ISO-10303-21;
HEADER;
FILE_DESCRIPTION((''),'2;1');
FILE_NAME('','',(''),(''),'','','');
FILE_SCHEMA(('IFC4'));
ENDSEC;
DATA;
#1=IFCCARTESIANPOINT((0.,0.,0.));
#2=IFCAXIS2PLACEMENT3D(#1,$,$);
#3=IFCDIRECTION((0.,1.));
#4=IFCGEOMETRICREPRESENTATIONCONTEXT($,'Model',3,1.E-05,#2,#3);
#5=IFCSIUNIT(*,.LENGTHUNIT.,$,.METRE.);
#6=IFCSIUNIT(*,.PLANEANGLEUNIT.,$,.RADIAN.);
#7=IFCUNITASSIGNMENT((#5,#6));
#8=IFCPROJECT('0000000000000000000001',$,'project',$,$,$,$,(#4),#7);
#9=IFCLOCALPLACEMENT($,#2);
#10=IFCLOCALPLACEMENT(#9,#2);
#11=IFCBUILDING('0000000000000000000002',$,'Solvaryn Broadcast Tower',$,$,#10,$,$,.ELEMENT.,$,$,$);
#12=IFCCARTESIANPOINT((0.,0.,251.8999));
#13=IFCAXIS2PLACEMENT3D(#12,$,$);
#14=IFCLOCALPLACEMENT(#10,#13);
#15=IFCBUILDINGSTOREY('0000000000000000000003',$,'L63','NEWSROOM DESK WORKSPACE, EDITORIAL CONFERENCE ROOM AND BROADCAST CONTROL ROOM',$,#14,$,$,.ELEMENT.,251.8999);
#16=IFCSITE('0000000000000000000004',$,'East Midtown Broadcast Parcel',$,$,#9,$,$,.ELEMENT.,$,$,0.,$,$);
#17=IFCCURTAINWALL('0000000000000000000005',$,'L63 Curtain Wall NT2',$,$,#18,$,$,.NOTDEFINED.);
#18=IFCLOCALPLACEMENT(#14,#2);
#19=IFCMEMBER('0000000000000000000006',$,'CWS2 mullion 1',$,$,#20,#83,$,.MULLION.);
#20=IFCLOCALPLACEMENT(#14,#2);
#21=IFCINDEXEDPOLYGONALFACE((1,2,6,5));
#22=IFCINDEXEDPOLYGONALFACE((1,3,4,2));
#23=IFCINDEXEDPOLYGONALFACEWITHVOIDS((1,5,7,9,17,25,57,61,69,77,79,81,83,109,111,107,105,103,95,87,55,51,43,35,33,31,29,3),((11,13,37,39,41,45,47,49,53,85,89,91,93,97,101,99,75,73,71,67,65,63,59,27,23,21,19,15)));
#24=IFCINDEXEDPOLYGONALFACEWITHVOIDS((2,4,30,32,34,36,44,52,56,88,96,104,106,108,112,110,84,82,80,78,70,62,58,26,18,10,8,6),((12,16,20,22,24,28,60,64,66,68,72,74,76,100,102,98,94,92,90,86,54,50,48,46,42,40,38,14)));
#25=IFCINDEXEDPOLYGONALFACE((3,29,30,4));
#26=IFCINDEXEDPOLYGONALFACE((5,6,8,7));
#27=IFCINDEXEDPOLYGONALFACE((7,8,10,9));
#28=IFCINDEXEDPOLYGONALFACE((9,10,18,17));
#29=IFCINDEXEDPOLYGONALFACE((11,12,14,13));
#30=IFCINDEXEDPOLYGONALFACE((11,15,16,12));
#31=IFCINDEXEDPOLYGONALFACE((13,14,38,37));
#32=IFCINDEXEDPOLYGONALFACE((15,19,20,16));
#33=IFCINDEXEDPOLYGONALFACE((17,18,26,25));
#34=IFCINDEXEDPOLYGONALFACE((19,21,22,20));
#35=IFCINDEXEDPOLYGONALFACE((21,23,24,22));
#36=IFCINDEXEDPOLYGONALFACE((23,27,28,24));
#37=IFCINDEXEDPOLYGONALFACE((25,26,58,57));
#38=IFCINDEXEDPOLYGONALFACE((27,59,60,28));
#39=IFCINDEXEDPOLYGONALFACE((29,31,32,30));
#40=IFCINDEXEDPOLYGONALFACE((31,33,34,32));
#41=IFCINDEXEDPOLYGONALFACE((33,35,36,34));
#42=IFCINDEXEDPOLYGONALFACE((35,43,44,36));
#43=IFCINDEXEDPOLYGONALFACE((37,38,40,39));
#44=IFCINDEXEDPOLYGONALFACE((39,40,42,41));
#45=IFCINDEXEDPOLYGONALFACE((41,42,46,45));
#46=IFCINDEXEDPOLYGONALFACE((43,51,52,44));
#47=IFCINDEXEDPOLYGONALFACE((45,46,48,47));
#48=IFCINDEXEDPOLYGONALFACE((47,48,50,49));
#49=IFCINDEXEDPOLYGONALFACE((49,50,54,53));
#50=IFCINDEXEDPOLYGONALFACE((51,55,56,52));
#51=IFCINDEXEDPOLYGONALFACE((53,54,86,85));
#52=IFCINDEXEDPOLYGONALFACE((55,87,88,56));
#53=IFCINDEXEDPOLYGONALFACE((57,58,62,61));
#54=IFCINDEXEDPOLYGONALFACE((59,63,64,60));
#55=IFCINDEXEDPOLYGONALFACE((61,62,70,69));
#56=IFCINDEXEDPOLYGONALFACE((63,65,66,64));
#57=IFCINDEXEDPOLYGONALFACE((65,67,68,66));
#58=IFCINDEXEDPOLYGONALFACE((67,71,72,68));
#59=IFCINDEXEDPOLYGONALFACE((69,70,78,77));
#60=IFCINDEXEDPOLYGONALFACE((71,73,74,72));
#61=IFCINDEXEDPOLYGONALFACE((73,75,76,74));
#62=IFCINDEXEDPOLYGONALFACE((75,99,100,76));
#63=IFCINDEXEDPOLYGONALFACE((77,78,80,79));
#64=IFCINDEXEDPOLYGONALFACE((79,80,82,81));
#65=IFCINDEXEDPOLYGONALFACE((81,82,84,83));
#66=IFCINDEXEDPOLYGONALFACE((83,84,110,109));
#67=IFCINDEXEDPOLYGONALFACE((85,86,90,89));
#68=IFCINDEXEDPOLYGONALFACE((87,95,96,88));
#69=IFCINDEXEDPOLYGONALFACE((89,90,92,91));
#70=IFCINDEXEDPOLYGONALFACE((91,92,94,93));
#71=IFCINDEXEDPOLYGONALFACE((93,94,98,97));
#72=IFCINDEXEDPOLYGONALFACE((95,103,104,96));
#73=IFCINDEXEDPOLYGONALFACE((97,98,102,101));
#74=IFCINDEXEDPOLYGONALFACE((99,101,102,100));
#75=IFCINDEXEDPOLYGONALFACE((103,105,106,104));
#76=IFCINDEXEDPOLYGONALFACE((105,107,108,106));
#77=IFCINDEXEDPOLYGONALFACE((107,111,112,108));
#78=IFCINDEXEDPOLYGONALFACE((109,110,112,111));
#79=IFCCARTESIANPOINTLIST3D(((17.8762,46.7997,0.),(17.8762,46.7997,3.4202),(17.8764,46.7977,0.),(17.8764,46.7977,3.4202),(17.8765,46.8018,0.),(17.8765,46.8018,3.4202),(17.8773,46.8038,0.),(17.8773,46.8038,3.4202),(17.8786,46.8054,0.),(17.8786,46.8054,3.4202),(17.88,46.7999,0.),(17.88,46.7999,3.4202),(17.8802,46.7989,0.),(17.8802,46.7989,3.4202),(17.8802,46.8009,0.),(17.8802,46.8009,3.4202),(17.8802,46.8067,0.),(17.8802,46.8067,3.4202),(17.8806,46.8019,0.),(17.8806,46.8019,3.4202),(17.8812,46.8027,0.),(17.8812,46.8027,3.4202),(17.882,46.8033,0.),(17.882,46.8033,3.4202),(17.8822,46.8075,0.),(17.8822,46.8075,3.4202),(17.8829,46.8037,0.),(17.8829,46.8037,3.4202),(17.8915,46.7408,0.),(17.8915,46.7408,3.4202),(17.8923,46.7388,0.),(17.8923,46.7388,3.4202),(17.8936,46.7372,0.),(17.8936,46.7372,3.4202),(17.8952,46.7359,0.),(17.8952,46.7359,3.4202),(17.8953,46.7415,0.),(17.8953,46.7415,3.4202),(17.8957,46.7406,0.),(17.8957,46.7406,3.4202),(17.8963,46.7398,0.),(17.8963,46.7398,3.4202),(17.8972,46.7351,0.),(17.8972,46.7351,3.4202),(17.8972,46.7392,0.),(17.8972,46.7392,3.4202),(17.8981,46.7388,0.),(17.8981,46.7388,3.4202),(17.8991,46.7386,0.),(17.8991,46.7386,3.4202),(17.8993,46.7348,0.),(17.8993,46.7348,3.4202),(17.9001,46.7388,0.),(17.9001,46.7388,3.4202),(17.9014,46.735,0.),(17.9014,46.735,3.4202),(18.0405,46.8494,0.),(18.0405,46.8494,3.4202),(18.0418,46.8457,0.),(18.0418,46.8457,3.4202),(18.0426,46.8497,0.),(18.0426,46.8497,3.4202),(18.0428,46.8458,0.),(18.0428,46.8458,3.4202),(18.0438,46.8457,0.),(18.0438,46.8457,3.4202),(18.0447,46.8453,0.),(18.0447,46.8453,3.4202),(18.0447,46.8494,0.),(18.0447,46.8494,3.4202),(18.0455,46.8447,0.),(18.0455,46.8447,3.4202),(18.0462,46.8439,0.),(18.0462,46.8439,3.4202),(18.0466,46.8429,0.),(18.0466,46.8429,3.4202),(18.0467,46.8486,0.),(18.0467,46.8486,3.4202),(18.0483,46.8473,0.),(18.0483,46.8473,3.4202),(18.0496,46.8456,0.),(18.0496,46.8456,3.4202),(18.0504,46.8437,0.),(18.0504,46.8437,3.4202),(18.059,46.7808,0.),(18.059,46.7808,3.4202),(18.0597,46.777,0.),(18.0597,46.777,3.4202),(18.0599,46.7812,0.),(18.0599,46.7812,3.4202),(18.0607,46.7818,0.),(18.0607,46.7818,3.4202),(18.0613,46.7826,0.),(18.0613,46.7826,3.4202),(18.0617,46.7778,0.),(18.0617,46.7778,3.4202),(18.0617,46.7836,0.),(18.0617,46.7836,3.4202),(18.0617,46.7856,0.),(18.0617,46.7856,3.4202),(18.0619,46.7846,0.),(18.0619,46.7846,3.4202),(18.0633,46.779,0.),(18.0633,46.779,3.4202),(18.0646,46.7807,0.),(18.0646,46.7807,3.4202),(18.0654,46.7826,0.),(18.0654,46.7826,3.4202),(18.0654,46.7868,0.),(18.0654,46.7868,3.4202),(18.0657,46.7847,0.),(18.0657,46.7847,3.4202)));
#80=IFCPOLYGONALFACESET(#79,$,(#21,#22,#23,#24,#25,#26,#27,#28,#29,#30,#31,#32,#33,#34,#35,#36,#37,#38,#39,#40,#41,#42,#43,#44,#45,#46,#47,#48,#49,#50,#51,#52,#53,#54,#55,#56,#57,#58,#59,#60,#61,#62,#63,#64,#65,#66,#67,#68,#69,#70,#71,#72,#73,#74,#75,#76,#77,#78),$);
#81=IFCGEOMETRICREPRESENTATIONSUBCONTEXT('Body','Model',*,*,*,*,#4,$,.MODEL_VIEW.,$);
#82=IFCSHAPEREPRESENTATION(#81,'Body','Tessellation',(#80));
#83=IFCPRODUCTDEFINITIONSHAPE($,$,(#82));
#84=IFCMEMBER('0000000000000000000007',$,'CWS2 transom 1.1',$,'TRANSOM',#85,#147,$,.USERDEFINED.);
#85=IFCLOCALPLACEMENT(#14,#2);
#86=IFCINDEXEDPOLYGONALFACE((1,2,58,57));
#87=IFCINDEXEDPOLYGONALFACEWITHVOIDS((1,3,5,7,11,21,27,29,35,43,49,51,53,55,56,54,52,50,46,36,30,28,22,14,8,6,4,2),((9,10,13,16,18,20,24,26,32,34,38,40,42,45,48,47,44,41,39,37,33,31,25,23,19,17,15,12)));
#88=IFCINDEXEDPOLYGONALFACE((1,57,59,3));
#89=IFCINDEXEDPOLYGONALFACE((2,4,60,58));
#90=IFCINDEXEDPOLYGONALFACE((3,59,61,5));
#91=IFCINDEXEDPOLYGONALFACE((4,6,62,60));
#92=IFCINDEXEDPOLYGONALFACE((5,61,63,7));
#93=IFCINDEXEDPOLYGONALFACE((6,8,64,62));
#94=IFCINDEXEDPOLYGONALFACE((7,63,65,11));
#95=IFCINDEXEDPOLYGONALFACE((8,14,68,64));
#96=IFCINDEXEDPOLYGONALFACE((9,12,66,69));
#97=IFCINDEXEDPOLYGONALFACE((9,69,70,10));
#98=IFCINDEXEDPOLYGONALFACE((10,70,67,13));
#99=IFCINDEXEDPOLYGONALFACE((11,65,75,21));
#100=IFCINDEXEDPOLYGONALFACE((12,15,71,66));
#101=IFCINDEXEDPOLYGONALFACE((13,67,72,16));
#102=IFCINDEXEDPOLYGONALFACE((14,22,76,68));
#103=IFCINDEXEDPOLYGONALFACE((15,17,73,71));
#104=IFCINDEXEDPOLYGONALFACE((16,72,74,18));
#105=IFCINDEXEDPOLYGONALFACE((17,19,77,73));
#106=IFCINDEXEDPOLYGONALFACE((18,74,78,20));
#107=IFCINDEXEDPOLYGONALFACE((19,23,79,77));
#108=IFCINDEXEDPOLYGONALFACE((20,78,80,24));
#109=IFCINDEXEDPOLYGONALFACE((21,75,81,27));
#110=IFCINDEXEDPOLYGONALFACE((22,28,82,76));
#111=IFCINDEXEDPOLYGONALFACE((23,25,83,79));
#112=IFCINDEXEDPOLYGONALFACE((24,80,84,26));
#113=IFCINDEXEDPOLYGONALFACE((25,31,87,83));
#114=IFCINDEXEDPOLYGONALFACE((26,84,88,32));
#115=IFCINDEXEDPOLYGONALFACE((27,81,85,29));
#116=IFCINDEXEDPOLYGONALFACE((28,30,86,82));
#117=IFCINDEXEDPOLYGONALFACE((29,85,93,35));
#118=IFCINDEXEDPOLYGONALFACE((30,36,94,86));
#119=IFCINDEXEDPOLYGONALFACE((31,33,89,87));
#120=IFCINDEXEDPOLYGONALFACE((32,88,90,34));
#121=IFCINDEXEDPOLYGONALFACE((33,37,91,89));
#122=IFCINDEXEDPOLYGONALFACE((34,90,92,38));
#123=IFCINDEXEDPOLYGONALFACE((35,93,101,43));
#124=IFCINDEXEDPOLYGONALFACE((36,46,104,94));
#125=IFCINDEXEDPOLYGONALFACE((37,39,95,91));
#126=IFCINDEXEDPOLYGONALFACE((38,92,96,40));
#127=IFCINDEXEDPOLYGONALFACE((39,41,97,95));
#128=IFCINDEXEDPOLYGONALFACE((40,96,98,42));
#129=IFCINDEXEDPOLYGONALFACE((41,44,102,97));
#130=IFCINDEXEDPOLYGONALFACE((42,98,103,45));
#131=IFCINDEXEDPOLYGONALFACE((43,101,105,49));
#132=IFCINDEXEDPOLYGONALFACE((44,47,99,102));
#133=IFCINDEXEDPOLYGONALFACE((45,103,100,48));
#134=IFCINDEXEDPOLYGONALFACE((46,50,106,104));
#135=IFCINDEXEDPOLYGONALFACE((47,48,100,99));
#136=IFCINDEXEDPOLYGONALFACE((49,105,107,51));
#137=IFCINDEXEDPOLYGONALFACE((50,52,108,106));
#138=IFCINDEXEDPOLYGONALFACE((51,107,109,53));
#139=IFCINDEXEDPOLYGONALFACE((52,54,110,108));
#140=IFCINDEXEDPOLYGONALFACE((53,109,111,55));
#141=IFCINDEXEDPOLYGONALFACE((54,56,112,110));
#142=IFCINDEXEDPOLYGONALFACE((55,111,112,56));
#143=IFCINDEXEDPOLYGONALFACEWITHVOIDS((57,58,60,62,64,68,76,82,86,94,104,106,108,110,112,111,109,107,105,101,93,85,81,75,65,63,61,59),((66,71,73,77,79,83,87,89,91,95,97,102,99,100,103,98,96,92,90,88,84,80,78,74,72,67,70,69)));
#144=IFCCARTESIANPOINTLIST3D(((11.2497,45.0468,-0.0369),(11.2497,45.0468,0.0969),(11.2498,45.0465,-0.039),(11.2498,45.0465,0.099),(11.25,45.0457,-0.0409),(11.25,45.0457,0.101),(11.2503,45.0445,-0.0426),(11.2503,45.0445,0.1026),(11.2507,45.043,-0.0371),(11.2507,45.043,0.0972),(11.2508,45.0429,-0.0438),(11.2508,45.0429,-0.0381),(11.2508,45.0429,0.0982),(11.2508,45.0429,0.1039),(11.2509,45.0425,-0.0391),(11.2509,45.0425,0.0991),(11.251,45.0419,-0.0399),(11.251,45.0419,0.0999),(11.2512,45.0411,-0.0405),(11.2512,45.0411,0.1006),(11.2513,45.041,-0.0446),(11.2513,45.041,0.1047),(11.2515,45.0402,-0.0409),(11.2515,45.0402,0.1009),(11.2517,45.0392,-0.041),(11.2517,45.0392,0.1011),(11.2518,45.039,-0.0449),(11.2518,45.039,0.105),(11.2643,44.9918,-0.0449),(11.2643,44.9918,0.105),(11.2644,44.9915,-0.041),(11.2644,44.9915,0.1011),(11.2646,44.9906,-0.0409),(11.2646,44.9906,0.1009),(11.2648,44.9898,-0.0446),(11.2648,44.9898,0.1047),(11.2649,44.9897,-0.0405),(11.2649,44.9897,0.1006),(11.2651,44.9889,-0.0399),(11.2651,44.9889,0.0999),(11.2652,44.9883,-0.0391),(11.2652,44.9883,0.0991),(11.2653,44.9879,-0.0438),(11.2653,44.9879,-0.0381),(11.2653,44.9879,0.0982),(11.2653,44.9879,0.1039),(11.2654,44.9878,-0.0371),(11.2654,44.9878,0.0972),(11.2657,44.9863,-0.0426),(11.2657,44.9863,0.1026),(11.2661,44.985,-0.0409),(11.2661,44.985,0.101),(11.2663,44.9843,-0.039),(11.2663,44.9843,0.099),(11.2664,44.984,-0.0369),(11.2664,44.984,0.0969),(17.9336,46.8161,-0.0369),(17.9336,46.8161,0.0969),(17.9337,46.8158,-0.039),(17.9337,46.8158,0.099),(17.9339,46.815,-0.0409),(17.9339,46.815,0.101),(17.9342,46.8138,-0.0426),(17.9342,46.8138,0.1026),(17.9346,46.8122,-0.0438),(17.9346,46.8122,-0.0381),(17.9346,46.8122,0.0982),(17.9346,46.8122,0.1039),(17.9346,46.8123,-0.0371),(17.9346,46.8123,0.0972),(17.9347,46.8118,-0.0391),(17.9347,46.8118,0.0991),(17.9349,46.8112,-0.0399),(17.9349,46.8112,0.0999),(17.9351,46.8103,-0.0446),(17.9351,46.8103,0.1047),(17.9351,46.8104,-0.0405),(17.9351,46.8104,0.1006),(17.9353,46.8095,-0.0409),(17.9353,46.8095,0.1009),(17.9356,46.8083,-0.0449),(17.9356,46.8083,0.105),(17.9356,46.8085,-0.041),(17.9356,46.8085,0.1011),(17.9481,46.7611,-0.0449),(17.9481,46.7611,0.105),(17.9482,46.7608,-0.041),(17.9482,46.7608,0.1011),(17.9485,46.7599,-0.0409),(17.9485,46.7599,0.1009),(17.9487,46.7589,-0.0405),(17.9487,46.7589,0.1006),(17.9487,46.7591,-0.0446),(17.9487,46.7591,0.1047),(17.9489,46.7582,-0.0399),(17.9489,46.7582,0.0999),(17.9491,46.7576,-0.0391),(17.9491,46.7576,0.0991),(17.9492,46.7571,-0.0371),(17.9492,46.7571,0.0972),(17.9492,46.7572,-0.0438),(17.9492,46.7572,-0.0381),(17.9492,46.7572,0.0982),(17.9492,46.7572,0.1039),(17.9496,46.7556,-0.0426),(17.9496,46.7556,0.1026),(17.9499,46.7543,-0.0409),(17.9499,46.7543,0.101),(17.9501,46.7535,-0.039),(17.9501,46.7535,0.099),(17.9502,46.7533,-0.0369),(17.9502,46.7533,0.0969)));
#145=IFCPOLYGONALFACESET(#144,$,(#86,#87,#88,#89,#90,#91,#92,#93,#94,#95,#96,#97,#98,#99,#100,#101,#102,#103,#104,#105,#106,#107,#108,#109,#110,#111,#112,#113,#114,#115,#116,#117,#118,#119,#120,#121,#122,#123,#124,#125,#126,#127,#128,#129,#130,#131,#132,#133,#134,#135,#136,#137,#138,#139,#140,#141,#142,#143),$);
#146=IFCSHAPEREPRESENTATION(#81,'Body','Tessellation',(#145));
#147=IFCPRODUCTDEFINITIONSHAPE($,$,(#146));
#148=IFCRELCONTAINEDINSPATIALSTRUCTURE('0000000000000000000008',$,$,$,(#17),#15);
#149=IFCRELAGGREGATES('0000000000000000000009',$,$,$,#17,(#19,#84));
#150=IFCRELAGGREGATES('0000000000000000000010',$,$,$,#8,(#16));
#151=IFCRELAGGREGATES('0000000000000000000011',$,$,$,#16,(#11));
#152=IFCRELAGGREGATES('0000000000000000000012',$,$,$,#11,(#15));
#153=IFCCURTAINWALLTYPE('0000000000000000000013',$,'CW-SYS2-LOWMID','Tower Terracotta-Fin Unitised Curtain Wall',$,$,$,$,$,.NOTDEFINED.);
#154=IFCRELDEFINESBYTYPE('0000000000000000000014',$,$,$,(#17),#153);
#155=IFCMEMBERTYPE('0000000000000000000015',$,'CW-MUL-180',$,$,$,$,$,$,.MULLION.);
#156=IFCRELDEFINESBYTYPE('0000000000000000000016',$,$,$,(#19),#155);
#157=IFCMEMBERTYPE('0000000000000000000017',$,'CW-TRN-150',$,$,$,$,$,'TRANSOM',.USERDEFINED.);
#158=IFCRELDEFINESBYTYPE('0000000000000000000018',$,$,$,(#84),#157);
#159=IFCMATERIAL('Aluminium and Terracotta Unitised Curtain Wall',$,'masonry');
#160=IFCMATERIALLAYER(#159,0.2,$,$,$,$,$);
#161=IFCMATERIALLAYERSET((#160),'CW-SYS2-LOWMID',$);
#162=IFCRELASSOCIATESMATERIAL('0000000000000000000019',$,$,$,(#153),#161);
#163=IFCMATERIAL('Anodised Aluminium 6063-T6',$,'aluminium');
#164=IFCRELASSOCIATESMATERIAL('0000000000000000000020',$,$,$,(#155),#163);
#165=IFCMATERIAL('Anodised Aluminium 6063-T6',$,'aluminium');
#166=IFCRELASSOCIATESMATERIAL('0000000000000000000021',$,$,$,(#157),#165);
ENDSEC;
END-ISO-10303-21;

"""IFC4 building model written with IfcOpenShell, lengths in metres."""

from ifc_helpers import new_model, si_unit, direction, frame, origin, origin_2d, place, context, subcontext, project, spatial, hollow_rectangle, extrude, material, layer, layer_set, material_profile, profile_set, type_object, element, aggregate, save


model = new_model("IFC4")

# Units and contexts
model_context = context("Model", 3, precision=1e-05, world=origin(), true_north=direction((0.0, 1.0)))
body_context = subcontext(model_context, "Body", "Model", "MODEL_VIEW")
ifc_project = project(units=[si_unit("LENGTHUNIT", "METRE"), si_unit("PLANEANGLEUNIT", "RADIAN")], contexts=[model_context])

# Site, building, storey
site_placement = place(None, origin())
site = spatial("IfcSite", under=ifc_project, at=site_placement, Name="East Midtown Broadcast Parcel", CompositionType="ELEMENT", RefElevation=0.0)
building_placement = place(site_placement, origin())
building = spatial("IfcBuilding", under=site, at=building_placement, Name="Solvaryn Broadcast Tower", CompositionType="ELEMENT")
storey_placement = place(building_placement, frame((0.0, 0.0, 251.8999)))
storey = spatial("IfcBuildingStorey", under=building, at=storey_placement, Name="L63", Description="NEWSROOM DESK WORKSPACE, EDITORIAL CONFERENCE ROOM AND BROADCAST CONTROL ROOM", CompositionType="ELEMENT", Elevation=251.8999)

# Shared definitions
ifc_material_1 = material(Name="Aluminium and Terracotta Unitised Curtain Wall", Category="masonry")
ifc_layer_1 = layer(ifc_material_1, 0.2)
ifc_layer_set_1 = layer_set([ifc_layer_1], Name="CW-SYS2-LOWMID")
curtain_wall_type = type_object("IfcCurtainWallType", Name="CW-SYS2-LOWMID", Description="Tower Terracotta-Fin Unitised Curtain Wall", PredefinedType="NOTDEFINED", material=ifc_layer_set_1)
ifc_material_2 = material(Name="Anodised Aluminium 6063-T6", Category="aluminium")
ifc_material_profile_1 = material_profile(ifc_material_2, hollow_rectangle(XDim=0.075, YDim=0.1799, WallThickness=0.0039, InnerFilletRadius=0.0039, OuterFilletRadius=0.0081, at=origin_2d()))
ifc_profile_set_1 = profile_set([ifc_material_profile_1], Name="Anodised Aluminium 6063-T6")
member_type_1 = type_object("IfcMemberType", Name="CW-MUL-180", PredefinedType="MULLION", material=ifc_profile_set_1)

# Curtain wall, members
curtain_wall_1_placement = place(storey_placement, origin())
curtain_wall_1 = element("IfcCurtainWall", 1, at=curtain_wall_1_placement, inside=storey, type_object=curtain_wall_type, Name="L63 Curtain Wall NT2", PredefinedType="NOTDEFINED")
member_1_placement = place(storey_placement, frame((17.9709, 46.7922, 0.0), z_axis=(0.0, 0.0, 1.0), x_axis=(0.255893, -0.966705, 0.0)))
member_1 = element("IfcMember", 2, at=member_1_placement, type_object=member_type_1, Name="CWS2 mullion 1", PredefinedType="MULLION", context=body_context, shape_type="SweptSolid", body=[
    extrude(hollow_rectangle(XDim=0.075, YDim=0.1799, WallThickness=0.0039, InnerFilletRadius=0.0039, OuterFilletRadius=0.0081, at=origin_2d()), origin(), (0.0, 0.0, 1.0), 3.4202),
])
ifc_material_3 = material(Name="Anodised Aluminium 6063-T6", Category="aluminium")
ifc_material_profile_2 = material_profile(ifc_material_3, hollow_rectangle(XDim=0.0649, YDim=0.1499, WallThickness=0.0039, InnerFilletRadius=0.0039, OuterFilletRadius=0.0081, at=origin_2d()))
ifc_profile_set_2 = profile_set([ifc_material_profile_2], Name="Anodised Aluminium 6063-T6")
member_type_2 = type_object("IfcMemberType", Name="CW-TRN-150", ElementType="TRANSOM", PredefinedType="USERDEFINED", material=ifc_profile_set_2)
member_2_placement = place(storey_placement, frame((17.9419, 46.7847, 0.03), z_axis=(-0.966704, -0.255897, 0.0), x_axis=(0.255897, -0.966704, 0.0)))
member_2 = element("IfcMember", 3, at=member_2_placement, type_object=member_type_2, Name="CWS2 transom 1.1", ObjectType="TRANSOM", PredefinedType="USERDEFINED", context=body_context, shape_type="SweptSolid", body=[
    extrude(hollow_rectangle(XDim=0.0649, YDim=0.1499, WallThickness=0.0039, InnerFilletRadius=0.0039, OuterFilletRadius=0.0081, at=origin_2d()), origin(), (0.0, 0.0, 1.0), 6.9141),
])
aggregate(curtain_wall_1, [member_1, member_2])

save(model, "model.ifc")
